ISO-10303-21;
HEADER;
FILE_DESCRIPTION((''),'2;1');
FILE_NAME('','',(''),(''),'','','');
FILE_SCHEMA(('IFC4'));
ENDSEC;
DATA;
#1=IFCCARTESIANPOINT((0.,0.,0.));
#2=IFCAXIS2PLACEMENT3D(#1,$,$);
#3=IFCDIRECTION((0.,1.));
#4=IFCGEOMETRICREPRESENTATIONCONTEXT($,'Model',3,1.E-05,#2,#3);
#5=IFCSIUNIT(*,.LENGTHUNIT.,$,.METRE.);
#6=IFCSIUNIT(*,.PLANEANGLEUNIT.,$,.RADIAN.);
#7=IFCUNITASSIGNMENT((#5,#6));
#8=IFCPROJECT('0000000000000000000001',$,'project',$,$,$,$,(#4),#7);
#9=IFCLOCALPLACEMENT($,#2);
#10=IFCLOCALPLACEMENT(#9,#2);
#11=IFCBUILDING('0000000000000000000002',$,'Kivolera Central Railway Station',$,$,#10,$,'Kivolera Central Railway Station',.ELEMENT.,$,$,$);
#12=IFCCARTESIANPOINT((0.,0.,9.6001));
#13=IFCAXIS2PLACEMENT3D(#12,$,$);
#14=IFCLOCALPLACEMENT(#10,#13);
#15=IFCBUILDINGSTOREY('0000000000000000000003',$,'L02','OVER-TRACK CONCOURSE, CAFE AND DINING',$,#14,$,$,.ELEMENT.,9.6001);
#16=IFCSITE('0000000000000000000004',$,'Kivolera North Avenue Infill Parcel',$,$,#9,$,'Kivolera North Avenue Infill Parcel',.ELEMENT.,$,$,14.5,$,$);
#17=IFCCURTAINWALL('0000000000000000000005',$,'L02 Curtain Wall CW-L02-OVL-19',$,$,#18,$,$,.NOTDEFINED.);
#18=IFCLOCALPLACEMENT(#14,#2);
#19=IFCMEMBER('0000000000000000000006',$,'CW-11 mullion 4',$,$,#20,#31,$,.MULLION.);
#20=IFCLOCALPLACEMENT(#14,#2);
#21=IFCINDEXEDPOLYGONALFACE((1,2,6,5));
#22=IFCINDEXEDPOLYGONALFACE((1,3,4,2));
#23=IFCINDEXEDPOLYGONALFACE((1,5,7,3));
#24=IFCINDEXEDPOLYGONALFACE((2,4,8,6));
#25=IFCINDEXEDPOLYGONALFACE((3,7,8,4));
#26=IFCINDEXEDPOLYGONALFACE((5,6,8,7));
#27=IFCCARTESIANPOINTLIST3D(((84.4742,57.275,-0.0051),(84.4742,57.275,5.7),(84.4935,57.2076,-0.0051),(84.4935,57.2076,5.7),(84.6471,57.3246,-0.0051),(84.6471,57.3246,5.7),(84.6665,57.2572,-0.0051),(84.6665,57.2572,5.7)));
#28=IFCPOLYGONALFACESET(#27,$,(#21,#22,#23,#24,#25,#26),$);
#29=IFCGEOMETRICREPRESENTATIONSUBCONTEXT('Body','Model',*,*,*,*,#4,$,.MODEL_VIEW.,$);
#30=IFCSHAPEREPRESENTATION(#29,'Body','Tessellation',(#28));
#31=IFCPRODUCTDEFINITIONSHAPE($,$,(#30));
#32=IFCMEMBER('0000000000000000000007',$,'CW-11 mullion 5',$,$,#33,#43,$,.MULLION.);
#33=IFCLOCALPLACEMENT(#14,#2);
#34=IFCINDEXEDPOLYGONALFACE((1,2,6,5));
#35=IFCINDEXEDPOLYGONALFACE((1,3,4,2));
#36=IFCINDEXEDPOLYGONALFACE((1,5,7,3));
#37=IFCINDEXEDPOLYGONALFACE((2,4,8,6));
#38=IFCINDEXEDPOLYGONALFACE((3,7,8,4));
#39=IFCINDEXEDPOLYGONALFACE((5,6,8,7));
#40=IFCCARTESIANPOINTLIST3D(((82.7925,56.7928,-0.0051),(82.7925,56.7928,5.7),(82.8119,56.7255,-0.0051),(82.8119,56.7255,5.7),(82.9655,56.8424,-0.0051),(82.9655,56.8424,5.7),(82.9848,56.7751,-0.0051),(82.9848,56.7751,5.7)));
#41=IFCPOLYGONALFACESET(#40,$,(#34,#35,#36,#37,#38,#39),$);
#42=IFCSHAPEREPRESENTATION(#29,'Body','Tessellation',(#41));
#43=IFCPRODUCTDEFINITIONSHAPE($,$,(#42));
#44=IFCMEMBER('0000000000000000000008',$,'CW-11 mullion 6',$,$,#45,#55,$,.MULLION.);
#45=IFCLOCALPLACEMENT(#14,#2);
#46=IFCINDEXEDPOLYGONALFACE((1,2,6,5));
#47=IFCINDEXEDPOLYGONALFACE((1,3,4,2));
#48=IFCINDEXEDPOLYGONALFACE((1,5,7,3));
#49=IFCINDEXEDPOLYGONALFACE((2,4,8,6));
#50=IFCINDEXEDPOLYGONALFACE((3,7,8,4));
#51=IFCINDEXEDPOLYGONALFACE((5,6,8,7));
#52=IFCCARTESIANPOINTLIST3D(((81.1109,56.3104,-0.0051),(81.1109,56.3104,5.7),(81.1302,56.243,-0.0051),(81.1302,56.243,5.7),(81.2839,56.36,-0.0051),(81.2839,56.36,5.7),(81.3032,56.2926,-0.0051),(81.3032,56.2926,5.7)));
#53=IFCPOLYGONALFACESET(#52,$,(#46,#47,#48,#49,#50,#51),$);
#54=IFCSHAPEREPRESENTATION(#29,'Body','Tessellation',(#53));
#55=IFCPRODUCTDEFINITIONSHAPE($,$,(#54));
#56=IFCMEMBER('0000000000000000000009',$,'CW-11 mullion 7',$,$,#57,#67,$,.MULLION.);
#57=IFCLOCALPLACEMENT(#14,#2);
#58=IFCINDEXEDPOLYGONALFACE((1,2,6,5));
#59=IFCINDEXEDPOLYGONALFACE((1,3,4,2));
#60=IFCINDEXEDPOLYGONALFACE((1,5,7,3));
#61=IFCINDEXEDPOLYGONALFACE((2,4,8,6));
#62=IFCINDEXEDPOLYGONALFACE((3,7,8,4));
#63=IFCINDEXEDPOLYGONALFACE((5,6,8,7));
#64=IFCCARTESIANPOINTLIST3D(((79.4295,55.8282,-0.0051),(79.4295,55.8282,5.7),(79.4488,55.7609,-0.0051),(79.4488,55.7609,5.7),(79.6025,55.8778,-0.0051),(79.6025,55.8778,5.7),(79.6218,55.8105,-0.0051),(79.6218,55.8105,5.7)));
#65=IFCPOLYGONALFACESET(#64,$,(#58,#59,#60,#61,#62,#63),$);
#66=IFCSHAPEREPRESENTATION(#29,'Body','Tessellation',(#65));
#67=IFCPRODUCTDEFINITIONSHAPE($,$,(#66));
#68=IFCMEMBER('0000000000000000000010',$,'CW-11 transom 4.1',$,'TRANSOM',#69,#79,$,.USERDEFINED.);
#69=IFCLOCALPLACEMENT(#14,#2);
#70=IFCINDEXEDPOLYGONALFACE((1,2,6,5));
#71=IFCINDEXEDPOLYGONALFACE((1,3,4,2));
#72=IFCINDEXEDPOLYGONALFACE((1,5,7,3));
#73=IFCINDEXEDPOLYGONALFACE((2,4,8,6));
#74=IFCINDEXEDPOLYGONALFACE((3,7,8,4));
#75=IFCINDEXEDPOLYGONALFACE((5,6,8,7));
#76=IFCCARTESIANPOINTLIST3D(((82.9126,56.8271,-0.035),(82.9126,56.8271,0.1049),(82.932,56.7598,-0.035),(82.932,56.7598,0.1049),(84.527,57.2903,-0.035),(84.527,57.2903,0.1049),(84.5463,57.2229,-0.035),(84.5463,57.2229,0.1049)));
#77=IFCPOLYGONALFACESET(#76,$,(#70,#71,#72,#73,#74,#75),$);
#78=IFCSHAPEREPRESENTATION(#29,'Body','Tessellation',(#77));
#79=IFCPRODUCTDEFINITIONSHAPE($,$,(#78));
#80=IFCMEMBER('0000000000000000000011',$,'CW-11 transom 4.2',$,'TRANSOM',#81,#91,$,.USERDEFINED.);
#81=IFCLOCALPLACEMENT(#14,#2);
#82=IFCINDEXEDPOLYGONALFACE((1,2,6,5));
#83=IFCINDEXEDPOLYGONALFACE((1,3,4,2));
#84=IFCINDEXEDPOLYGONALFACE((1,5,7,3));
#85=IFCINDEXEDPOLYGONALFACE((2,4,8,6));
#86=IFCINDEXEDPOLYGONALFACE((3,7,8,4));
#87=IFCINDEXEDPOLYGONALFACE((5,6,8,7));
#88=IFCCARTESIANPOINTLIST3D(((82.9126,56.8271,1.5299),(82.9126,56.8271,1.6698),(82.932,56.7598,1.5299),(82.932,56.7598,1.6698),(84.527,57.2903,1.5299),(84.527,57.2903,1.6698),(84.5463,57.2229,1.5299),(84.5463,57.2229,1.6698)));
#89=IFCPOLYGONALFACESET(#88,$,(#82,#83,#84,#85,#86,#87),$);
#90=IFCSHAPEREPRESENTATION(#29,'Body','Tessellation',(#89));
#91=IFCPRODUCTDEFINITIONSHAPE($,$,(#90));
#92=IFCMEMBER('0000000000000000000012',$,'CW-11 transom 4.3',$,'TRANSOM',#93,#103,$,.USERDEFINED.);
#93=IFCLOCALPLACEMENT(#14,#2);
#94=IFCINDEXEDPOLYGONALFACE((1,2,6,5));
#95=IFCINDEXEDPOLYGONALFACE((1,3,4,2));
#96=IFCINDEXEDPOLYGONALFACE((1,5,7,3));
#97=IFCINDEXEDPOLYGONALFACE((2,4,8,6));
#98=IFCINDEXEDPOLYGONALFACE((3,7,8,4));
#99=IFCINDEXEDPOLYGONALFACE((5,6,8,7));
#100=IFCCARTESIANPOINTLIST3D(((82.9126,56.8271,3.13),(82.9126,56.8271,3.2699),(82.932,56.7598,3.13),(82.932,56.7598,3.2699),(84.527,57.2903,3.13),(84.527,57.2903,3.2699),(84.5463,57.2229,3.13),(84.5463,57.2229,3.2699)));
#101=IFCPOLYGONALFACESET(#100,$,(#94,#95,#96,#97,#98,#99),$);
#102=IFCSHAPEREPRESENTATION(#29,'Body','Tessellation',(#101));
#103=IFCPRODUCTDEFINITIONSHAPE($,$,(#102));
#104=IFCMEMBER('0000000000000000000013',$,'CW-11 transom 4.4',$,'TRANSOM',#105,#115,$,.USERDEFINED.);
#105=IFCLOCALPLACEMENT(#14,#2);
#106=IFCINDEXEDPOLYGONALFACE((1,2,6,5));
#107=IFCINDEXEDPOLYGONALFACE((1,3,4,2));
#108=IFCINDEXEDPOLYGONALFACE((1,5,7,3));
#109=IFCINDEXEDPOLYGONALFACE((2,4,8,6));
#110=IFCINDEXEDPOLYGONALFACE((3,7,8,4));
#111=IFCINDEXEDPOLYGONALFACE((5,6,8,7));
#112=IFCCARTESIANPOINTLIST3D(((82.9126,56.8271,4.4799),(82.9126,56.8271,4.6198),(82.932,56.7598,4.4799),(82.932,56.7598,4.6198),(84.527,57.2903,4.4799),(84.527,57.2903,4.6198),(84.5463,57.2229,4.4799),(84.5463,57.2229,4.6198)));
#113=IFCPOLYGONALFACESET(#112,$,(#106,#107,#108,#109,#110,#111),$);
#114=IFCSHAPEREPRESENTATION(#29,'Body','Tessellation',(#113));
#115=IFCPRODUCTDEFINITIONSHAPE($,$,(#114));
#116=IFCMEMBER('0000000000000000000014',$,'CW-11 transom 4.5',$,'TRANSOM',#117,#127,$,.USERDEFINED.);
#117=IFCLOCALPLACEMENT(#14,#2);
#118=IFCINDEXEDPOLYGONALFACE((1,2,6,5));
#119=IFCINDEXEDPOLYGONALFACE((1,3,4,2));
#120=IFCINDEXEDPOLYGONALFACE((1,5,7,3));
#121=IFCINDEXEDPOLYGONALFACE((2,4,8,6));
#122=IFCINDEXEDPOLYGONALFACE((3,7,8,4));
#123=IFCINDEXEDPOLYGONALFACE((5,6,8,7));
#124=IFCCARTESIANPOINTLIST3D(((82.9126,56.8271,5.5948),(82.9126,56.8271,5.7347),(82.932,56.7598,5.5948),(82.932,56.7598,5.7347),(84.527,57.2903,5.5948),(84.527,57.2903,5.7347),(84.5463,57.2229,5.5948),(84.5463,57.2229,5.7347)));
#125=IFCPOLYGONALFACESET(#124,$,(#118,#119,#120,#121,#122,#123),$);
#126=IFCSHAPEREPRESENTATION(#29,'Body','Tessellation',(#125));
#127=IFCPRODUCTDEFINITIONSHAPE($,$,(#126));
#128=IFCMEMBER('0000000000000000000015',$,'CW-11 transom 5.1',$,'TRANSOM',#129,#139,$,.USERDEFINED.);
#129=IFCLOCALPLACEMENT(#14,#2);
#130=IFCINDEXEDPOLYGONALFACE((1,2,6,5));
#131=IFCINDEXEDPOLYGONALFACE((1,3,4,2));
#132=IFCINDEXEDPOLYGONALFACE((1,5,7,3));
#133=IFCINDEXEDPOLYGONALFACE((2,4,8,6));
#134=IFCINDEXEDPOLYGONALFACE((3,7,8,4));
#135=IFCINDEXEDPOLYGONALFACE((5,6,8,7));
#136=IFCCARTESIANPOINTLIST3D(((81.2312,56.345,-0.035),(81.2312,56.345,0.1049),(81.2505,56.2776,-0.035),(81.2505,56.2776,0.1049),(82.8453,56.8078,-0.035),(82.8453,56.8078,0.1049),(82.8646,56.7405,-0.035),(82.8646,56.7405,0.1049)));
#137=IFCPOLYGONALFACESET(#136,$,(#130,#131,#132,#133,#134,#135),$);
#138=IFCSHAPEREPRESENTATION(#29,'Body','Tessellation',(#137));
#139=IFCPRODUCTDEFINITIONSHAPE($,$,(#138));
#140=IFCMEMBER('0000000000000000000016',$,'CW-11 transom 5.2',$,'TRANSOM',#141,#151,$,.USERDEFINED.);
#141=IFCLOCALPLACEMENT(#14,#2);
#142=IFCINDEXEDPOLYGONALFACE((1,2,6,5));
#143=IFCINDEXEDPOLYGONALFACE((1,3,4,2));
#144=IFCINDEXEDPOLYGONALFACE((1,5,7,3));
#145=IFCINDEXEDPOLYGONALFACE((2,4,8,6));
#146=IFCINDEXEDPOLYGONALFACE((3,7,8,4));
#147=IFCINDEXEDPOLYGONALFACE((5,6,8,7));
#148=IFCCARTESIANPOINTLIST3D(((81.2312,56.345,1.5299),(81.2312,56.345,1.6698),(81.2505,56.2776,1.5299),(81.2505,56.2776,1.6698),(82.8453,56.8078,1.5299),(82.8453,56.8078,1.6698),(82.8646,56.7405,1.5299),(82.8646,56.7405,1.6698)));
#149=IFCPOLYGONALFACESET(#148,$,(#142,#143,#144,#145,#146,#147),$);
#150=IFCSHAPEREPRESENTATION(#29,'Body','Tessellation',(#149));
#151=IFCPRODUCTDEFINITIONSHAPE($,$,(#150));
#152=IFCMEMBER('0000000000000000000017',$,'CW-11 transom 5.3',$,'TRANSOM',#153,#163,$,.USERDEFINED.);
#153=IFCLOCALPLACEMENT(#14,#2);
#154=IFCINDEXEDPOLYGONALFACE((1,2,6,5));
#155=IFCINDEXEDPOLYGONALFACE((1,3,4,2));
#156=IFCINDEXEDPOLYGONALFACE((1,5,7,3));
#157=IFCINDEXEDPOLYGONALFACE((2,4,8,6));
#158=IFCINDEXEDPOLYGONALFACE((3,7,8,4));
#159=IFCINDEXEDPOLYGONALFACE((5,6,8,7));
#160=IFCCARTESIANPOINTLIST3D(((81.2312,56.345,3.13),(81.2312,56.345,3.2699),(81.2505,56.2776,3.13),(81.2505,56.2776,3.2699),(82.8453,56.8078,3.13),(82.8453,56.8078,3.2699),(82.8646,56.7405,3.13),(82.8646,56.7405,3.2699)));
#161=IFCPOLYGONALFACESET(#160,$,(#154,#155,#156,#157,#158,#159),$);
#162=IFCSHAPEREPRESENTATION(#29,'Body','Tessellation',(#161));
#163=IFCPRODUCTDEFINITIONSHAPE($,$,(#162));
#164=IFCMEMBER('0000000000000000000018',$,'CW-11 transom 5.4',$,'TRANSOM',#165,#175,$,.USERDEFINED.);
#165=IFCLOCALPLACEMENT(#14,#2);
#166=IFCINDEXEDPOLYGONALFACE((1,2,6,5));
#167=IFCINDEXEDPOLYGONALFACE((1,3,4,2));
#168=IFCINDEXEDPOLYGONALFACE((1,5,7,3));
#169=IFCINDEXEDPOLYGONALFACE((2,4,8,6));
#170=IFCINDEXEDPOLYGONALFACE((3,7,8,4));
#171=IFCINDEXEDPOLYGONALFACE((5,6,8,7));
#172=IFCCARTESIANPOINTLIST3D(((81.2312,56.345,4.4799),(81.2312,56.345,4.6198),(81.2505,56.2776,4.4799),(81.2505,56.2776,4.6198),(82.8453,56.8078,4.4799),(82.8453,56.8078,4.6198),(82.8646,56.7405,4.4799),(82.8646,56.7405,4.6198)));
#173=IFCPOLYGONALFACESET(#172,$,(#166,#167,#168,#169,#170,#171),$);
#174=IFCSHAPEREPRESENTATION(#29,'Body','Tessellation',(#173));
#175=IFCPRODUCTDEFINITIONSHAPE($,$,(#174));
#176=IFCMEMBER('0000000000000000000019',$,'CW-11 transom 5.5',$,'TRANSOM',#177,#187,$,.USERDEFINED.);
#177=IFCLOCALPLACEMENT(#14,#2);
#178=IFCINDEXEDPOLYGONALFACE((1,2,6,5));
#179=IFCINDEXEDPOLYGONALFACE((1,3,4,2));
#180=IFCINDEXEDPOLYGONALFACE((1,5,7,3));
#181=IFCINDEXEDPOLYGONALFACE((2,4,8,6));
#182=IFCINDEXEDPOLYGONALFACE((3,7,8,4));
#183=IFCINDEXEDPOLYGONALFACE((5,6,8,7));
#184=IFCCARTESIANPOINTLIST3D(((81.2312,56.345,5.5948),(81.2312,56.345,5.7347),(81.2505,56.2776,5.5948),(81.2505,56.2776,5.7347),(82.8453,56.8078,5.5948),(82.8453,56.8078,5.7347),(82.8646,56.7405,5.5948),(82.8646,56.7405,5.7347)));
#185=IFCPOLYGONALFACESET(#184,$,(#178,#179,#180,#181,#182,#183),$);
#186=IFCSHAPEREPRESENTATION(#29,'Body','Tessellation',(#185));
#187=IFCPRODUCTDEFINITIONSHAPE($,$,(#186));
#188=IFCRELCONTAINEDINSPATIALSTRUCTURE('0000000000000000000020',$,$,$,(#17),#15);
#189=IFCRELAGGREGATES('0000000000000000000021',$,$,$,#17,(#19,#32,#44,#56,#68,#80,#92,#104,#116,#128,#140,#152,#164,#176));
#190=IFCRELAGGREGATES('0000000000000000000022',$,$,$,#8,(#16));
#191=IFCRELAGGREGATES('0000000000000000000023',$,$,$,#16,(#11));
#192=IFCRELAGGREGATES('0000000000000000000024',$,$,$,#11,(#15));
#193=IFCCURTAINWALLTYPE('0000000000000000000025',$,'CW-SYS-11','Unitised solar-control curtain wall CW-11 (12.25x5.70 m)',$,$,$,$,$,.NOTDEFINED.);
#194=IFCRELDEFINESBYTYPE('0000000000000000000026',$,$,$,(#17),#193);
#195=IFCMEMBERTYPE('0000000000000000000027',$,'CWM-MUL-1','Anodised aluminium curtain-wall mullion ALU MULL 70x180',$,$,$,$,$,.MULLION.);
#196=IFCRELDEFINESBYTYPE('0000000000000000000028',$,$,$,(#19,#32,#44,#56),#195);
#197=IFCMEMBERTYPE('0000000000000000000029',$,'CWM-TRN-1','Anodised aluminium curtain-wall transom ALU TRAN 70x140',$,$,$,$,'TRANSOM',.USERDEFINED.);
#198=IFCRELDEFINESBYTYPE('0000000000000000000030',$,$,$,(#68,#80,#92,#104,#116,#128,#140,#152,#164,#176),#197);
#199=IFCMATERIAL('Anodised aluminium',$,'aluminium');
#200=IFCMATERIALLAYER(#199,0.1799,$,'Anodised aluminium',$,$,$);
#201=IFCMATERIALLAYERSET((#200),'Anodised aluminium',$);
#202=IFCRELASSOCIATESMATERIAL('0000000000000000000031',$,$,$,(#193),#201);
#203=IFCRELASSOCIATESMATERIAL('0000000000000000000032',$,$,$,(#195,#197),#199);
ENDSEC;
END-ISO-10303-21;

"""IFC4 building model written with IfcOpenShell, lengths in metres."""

from ifc_helpers import new_model, si_unit, direction, frame, origin, origin_2d, place, context, subcontext, project, spatial, rectangle, extrude, material, layer, layer_set, material_profile, profile_set, type_object, element, aggregate, save


model = new_model("IFC4")

# Units and contexts
model_context = context("Model", 3, precision=1e-05, world=origin(), true_north=direction((0.0, 1.0)))
body_context = subcontext(model_context, "Body", "Model", "MODEL_VIEW")
ifc_project = project(units=[si_unit("LENGTHUNIT", "METRE"), si_unit("PLANEANGLEUNIT", "RADIAN")], contexts=[model_context])

# Site, building, storey
site_placement = place(None, origin())
site = spatial("IfcSite", under=ifc_project, at=site_placement, Name="Kivolera North Avenue Infill Parcel", LongName="Kivolera North Avenue Infill Parcel", CompositionType="ELEMENT", RefElevation=14.5)
building_placement = place(site_placement, origin())
building = spatial("IfcBuilding", under=site, at=building_placement, Name="Kivolera Central Railway Station", LongName="Kivolera Central Railway Station", CompositionType="ELEMENT")
storey_placement = place(building_placement, frame((0.0, 0.0, 9.6001)))
storey = spatial("IfcBuildingStorey", under=building, at=storey_placement, Name="L02", Description="OVER-TRACK CONCOURSE, CAFE AND DINING", CompositionType="ELEMENT", Elevation=9.6001)

# Curtain wall, members
ifc_material_1 = material(Name="Anodised aluminium", Category="aluminium")
ifc_layer_1 = layer(ifc_material_1, 0.1799, Name="Anodised aluminium")
ifc_layer_set_1 = layer_set([ifc_layer_1], Name="Anodised aluminium")
curtain_wall_type = type_object("IfcCurtainWallType", Name="CW-SYS-11", Description="Unitised solar-control curtain wall CW-11 (12.25x5.70 m)", PredefinedType="NOTDEFINED", material=ifc_layer_set_1)
curtain_wall_placement = place(storey_placement, origin())
curtain_wall = element("IfcCurtainWall", 1, at=curtain_wall_placement, inside=storey, type_object=curtain_wall_type, Name="L02 Curtain Wall CW-L02-OVL-19", PredefinedType="NOTDEFINED")
ifc_material_profile_1 = material_profile(ifc_material_1, rectangle(XDim=0.0701, YDim=0.1799, at=origin_2d()), Name="ALU MULL 70x180")
ifc_profile_set_1 = profile_set([ifc_material_profile_1], Name="Anodised aluminium")
member_type_1 = type_object("IfcMemberType", Name="CWM-MUL-1", Description="Anodised aluminium curtain-wall mullion ALU MULL 70x180", PredefinedType="MULLION", material=ifc_profile_set_1)
member_1_placement = place(storey_placement, frame((84.5703, 57.2661, -0.0051), z_axis=(0.0, 0.0, 1.0), x_axis=(0.275692, -0.961246, 0.0)))
member_1 = element("IfcMember", 2, at=member_1_placement, type_object=member_type_1, Name="CW-11 mullion 4", PredefinedType="MULLION", context=body_context, shape_type="SweptSolid", body=[
    extrude(rectangle(XDim=0.0701, YDim=0.1799, at=origin_2d()), origin(), (0.0, 0.0, 1.0), 5.7051),
])
member_2_placement = place(storey_placement, frame((82.8887, 56.7839, -0.0051), z_axis=(0.0, 0.0, 1.0), x_axis=(0.275692, -0.961246, 0.0)))
member_2 = element("IfcMember", 3, at=member_2_placement, type_object=member_type_1, Name="CW-11 mullion 5", PredefinedType="MULLION", context=body_context, shape_type="SweptSolid", body=[
    extrude(rectangle(XDim=0.0701, YDim=0.1799, at=origin_2d()), origin(), (0.0, 0.0, 1.0), 5.7051),
])
member_3_placement = place(storey_placement, frame((81.207, 56.3015, -0.0051), z_axis=(0.0, 0.0, 1.0), x_axis=(0.275692, -0.961246, 0.0)))
member_3 = element("IfcMember", 4, at=member_3_placement, type_object=member_type_1, Name="CW-11 mullion 6", PredefinedType="MULLION", context=body_context, shape_type="SweptSolid", body=[
    extrude(rectangle(XDim=0.0701, YDim=0.1799, at=origin_2d()), origin(), (0.0, 0.0, 1.0), 5.7051),
])
member_4_placement = place(storey_placement, frame((79.5256, 55.8193, -0.0051), z_axis=(0.0, 0.0, 1.0), x_axis=(0.275692, -0.961246, 0.0)))
member_4 = element("IfcMember", 5, at=member_4_placement, type_object=member_type_1, Name="CW-11 mullion 7", PredefinedType="MULLION", context=body_context, shape_type="SweptSolid", body=[
    extrude(rectangle(XDim=0.0701, YDim=0.1799, at=origin_2d()), origin(), (0.0, 0.0, 1.0), 5.7051),
])
ifc_material_profile_2 = material_profile(ifc_material_1, rectangle(XDim=0.0701, YDim=0.1399, at=origin_2d()), Name="ALU TRAN 70x140")
ifc_profile_set_2 = profile_set([ifc_material_profile_2], Name="Anodised aluminium")
member_type_2 = type_object("IfcMemberType", Name="CWM-TRN-1", Description="Anodised aluminium curtain-wall transom ALU TRAN 70x140", ElementType="TRANSOM", PredefinedType="USERDEFINED", material=ifc_profile_set_2)
member_5_placement = place(storey_placement, frame((84.5366, 57.2566, 0.0349), z_axis=(-0.961222, -0.275777, 0.0), x_axis=(0.275777, -0.961222, 0.0)))
member_5 = element("IfcMember", 6, at=member_5_placement, type_object=member_type_2, Name="CW-11 transom 4.1", ObjectType="TRANSOM", PredefinedType="USERDEFINED", context=body_context, shape_type="SweptSolid", body=[
    extrude(rectangle(XDim=0.0701, YDim=0.1399, at=origin_2d()), origin(), (0.0, 0.0, 1.0), 1.6794),
])
member_6_placement = place(storey_placement, frame((84.5366, 57.2566, 1.5999), z_axis=(-0.961222, -0.275777, 0.0), x_axis=(0.275777, -0.961222, 0.0)))
member_6 = element("IfcMember", 7, at=member_6_placement, type_object=member_type_2, Name="CW-11 transom 4.2", ObjectType="TRANSOM", PredefinedType="USERDEFINED", context=body_context, shape_type="SweptSolid", body=[
    extrude(rectangle(XDim=0.0701, YDim=0.1399, at=origin_2d()), origin(), (0.0, 0.0, 1.0), 1.6794),
])
member_7_placement = place(storey_placement, frame((84.5366, 57.2566, 3.2), z_axis=(-0.961222, -0.275777, 0.0), x_axis=(0.275777, -0.961222, 0.0)))
member_7 = element("IfcMember", 8, at=member_7_placement, type_object=member_type_2, Name="CW-11 transom 4.3", ObjectType="TRANSOM", PredefinedType="USERDEFINED", context=body_context, shape_type="SweptSolid", body=[
    extrude(rectangle(XDim=0.0701, YDim=0.1399, at=origin_2d()), origin(), (0.0, 0.0, 1.0), 1.6794),
])
member_8_placement = place(storey_placement, frame((84.5366, 57.2566, 4.5498), z_axis=(-0.961222, -0.275777, 0.0), x_axis=(0.275777, -0.961222, 0.0)))
member_8 = element("IfcMember", 9, at=member_8_placement, type_object=member_type_2, Name="CW-11 transom 4.4", ObjectType="TRANSOM", PredefinedType="USERDEFINED", context=body_context, shape_type="SweptSolid", body=[
    extrude(rectangle(XDim=0.0701, YDim=0.1399, at=origin_2d()), origin(), (0.0, 0.0, 1.0), 1.6794),
])
member_9_placement = place(storey_placement, frame((84.5366, 57.2566, 5.6648), z_axis=(-0.961222, -0.275777, 0.0), x_axis=(0.275777, -0.961222, 0.0)))
member_9 = element("IfcMember", 10, at=member_9_placement, type_object=member_type_2, Name="CW-11 transom 4.5", ObjectType="TRANSOM", PredefinedType="USERDEFINED", context=body_context, shape_type="SweptSolid", body=[
    extrude(rectangle(XDim=0.0701, YDim=0.1399, at=origin_2d()), origin(), (0.0, 0.0, 1.0), 1.6794),
])
member_10_placement = place(storey_placement, frame((82.855, 56.7742, 0.0349), z_axis=(-0.96126, -0.275643, 0.0), x_axis=(0.275643, -0.96126, 0.0)))
member_10 = element("IfcMember", 11, at=member_10_placement, type_object=member_type_2, Name="CW-11 transom 5.1", ObjectType="TRANSOM", PredefinedType="USERDEFINED", context=body_context, shape_type="SweptSolid", body=[
    extrude(rectangle(XDim=0.0701, YDim=0.1399, at=origin_2d()), origin(), (0.0, 0.0, 1.0), 1.6792),
])
member_11_placement = place(storey_placement, frame((82.855, 56.7742, 1.5999), z_axis=(-0.96126, -0.275643, 0.0), x_axis=(0.275643, -0.96126, 0.0)))
member_11 = element("IfcMember", 12, at=member_11_placement, type_object=member_type_2, Name="CW-11 transom 5.2", ObjectType="TRANSOM", PredefinedType="USERDEFINED", context=body_context, shape_type="SweptSolid", body=[
    extrude(rectangle(XDim=0.0701, YDim=0.1399, at=origin_2d()), origin(), (0.0, 0.0, 1.0), 1.6792),
])
member_12_placement = place(storey_placement, frame((82.855, 56.7742, 3.2), z_axis=(-0.96126, -0.275643, 0.0), x_axis=(0.275643, -0.96126, 0.0)))
member_12 = element("IfcMember", 13, at=member_12_placement, type_object=member_type_2, Name="CW-11 transom 5.3", ObjectType="TRANSOM", PredefinedType="USERDEFINED", context=body_context, shape_type="SweptSolid", body=[
    extrude(rectangle(XDim=0.0701, YDim=0.1399, at=origin_2d()), origin(), (0.0, 0.0, 1.0), 1.6792),
])
member_13_placement = place(storey_placement, frame((82.855, 56.7742, 4.5498), z_axis=(-0.96126, -0.275643, 0.0), x_axis=(0.275643, -0.96126, 0.0)))
member_13 = element("IfcMember", 14, at=member_13_placement, type_object=member_type_2, Name="CW-11 transom 5.4", ObjectType="TRANSOM", PredefinedType="USERDEFINED", context=body_context, shape_type="SweptSolid", body=[
    extrude(rectangle(XDim=0.0701, YDim=0.1399, at=origin_2d()), origin(), (0.0, 0.0, 1.0), 1.6792),
])
member_14_placement = place(storey_placement, frame((82.855, 56.7742, 5.6648), z_axis=(-0.96126, -0.275643, 0.0), x_axis=(0.275643, -0.96126, 0.0)))
member_14 = element("IfcMember", 15, at=member_14_placement, type_object=member_type_2, Name="CW-11 transom 5.5", ObjectType="TRANSOM", PredefinedType="USERDEFINED", context=body_context, shape_type="SweptSolid", body=[
    extrude(rectangle(XDim=0.0701, YDim=0.1399, at=origin_2d()), origin(), (0.0, 0.0, 1.0), 1.6792),
])
aggregate(curtain_wall, [member_1, member_2, member_3, member_4, member_5, member_6, member_7, member_8, member_9, member_10, member_11, member_12, member_13, member_14])

save(model, "model.ifc")
